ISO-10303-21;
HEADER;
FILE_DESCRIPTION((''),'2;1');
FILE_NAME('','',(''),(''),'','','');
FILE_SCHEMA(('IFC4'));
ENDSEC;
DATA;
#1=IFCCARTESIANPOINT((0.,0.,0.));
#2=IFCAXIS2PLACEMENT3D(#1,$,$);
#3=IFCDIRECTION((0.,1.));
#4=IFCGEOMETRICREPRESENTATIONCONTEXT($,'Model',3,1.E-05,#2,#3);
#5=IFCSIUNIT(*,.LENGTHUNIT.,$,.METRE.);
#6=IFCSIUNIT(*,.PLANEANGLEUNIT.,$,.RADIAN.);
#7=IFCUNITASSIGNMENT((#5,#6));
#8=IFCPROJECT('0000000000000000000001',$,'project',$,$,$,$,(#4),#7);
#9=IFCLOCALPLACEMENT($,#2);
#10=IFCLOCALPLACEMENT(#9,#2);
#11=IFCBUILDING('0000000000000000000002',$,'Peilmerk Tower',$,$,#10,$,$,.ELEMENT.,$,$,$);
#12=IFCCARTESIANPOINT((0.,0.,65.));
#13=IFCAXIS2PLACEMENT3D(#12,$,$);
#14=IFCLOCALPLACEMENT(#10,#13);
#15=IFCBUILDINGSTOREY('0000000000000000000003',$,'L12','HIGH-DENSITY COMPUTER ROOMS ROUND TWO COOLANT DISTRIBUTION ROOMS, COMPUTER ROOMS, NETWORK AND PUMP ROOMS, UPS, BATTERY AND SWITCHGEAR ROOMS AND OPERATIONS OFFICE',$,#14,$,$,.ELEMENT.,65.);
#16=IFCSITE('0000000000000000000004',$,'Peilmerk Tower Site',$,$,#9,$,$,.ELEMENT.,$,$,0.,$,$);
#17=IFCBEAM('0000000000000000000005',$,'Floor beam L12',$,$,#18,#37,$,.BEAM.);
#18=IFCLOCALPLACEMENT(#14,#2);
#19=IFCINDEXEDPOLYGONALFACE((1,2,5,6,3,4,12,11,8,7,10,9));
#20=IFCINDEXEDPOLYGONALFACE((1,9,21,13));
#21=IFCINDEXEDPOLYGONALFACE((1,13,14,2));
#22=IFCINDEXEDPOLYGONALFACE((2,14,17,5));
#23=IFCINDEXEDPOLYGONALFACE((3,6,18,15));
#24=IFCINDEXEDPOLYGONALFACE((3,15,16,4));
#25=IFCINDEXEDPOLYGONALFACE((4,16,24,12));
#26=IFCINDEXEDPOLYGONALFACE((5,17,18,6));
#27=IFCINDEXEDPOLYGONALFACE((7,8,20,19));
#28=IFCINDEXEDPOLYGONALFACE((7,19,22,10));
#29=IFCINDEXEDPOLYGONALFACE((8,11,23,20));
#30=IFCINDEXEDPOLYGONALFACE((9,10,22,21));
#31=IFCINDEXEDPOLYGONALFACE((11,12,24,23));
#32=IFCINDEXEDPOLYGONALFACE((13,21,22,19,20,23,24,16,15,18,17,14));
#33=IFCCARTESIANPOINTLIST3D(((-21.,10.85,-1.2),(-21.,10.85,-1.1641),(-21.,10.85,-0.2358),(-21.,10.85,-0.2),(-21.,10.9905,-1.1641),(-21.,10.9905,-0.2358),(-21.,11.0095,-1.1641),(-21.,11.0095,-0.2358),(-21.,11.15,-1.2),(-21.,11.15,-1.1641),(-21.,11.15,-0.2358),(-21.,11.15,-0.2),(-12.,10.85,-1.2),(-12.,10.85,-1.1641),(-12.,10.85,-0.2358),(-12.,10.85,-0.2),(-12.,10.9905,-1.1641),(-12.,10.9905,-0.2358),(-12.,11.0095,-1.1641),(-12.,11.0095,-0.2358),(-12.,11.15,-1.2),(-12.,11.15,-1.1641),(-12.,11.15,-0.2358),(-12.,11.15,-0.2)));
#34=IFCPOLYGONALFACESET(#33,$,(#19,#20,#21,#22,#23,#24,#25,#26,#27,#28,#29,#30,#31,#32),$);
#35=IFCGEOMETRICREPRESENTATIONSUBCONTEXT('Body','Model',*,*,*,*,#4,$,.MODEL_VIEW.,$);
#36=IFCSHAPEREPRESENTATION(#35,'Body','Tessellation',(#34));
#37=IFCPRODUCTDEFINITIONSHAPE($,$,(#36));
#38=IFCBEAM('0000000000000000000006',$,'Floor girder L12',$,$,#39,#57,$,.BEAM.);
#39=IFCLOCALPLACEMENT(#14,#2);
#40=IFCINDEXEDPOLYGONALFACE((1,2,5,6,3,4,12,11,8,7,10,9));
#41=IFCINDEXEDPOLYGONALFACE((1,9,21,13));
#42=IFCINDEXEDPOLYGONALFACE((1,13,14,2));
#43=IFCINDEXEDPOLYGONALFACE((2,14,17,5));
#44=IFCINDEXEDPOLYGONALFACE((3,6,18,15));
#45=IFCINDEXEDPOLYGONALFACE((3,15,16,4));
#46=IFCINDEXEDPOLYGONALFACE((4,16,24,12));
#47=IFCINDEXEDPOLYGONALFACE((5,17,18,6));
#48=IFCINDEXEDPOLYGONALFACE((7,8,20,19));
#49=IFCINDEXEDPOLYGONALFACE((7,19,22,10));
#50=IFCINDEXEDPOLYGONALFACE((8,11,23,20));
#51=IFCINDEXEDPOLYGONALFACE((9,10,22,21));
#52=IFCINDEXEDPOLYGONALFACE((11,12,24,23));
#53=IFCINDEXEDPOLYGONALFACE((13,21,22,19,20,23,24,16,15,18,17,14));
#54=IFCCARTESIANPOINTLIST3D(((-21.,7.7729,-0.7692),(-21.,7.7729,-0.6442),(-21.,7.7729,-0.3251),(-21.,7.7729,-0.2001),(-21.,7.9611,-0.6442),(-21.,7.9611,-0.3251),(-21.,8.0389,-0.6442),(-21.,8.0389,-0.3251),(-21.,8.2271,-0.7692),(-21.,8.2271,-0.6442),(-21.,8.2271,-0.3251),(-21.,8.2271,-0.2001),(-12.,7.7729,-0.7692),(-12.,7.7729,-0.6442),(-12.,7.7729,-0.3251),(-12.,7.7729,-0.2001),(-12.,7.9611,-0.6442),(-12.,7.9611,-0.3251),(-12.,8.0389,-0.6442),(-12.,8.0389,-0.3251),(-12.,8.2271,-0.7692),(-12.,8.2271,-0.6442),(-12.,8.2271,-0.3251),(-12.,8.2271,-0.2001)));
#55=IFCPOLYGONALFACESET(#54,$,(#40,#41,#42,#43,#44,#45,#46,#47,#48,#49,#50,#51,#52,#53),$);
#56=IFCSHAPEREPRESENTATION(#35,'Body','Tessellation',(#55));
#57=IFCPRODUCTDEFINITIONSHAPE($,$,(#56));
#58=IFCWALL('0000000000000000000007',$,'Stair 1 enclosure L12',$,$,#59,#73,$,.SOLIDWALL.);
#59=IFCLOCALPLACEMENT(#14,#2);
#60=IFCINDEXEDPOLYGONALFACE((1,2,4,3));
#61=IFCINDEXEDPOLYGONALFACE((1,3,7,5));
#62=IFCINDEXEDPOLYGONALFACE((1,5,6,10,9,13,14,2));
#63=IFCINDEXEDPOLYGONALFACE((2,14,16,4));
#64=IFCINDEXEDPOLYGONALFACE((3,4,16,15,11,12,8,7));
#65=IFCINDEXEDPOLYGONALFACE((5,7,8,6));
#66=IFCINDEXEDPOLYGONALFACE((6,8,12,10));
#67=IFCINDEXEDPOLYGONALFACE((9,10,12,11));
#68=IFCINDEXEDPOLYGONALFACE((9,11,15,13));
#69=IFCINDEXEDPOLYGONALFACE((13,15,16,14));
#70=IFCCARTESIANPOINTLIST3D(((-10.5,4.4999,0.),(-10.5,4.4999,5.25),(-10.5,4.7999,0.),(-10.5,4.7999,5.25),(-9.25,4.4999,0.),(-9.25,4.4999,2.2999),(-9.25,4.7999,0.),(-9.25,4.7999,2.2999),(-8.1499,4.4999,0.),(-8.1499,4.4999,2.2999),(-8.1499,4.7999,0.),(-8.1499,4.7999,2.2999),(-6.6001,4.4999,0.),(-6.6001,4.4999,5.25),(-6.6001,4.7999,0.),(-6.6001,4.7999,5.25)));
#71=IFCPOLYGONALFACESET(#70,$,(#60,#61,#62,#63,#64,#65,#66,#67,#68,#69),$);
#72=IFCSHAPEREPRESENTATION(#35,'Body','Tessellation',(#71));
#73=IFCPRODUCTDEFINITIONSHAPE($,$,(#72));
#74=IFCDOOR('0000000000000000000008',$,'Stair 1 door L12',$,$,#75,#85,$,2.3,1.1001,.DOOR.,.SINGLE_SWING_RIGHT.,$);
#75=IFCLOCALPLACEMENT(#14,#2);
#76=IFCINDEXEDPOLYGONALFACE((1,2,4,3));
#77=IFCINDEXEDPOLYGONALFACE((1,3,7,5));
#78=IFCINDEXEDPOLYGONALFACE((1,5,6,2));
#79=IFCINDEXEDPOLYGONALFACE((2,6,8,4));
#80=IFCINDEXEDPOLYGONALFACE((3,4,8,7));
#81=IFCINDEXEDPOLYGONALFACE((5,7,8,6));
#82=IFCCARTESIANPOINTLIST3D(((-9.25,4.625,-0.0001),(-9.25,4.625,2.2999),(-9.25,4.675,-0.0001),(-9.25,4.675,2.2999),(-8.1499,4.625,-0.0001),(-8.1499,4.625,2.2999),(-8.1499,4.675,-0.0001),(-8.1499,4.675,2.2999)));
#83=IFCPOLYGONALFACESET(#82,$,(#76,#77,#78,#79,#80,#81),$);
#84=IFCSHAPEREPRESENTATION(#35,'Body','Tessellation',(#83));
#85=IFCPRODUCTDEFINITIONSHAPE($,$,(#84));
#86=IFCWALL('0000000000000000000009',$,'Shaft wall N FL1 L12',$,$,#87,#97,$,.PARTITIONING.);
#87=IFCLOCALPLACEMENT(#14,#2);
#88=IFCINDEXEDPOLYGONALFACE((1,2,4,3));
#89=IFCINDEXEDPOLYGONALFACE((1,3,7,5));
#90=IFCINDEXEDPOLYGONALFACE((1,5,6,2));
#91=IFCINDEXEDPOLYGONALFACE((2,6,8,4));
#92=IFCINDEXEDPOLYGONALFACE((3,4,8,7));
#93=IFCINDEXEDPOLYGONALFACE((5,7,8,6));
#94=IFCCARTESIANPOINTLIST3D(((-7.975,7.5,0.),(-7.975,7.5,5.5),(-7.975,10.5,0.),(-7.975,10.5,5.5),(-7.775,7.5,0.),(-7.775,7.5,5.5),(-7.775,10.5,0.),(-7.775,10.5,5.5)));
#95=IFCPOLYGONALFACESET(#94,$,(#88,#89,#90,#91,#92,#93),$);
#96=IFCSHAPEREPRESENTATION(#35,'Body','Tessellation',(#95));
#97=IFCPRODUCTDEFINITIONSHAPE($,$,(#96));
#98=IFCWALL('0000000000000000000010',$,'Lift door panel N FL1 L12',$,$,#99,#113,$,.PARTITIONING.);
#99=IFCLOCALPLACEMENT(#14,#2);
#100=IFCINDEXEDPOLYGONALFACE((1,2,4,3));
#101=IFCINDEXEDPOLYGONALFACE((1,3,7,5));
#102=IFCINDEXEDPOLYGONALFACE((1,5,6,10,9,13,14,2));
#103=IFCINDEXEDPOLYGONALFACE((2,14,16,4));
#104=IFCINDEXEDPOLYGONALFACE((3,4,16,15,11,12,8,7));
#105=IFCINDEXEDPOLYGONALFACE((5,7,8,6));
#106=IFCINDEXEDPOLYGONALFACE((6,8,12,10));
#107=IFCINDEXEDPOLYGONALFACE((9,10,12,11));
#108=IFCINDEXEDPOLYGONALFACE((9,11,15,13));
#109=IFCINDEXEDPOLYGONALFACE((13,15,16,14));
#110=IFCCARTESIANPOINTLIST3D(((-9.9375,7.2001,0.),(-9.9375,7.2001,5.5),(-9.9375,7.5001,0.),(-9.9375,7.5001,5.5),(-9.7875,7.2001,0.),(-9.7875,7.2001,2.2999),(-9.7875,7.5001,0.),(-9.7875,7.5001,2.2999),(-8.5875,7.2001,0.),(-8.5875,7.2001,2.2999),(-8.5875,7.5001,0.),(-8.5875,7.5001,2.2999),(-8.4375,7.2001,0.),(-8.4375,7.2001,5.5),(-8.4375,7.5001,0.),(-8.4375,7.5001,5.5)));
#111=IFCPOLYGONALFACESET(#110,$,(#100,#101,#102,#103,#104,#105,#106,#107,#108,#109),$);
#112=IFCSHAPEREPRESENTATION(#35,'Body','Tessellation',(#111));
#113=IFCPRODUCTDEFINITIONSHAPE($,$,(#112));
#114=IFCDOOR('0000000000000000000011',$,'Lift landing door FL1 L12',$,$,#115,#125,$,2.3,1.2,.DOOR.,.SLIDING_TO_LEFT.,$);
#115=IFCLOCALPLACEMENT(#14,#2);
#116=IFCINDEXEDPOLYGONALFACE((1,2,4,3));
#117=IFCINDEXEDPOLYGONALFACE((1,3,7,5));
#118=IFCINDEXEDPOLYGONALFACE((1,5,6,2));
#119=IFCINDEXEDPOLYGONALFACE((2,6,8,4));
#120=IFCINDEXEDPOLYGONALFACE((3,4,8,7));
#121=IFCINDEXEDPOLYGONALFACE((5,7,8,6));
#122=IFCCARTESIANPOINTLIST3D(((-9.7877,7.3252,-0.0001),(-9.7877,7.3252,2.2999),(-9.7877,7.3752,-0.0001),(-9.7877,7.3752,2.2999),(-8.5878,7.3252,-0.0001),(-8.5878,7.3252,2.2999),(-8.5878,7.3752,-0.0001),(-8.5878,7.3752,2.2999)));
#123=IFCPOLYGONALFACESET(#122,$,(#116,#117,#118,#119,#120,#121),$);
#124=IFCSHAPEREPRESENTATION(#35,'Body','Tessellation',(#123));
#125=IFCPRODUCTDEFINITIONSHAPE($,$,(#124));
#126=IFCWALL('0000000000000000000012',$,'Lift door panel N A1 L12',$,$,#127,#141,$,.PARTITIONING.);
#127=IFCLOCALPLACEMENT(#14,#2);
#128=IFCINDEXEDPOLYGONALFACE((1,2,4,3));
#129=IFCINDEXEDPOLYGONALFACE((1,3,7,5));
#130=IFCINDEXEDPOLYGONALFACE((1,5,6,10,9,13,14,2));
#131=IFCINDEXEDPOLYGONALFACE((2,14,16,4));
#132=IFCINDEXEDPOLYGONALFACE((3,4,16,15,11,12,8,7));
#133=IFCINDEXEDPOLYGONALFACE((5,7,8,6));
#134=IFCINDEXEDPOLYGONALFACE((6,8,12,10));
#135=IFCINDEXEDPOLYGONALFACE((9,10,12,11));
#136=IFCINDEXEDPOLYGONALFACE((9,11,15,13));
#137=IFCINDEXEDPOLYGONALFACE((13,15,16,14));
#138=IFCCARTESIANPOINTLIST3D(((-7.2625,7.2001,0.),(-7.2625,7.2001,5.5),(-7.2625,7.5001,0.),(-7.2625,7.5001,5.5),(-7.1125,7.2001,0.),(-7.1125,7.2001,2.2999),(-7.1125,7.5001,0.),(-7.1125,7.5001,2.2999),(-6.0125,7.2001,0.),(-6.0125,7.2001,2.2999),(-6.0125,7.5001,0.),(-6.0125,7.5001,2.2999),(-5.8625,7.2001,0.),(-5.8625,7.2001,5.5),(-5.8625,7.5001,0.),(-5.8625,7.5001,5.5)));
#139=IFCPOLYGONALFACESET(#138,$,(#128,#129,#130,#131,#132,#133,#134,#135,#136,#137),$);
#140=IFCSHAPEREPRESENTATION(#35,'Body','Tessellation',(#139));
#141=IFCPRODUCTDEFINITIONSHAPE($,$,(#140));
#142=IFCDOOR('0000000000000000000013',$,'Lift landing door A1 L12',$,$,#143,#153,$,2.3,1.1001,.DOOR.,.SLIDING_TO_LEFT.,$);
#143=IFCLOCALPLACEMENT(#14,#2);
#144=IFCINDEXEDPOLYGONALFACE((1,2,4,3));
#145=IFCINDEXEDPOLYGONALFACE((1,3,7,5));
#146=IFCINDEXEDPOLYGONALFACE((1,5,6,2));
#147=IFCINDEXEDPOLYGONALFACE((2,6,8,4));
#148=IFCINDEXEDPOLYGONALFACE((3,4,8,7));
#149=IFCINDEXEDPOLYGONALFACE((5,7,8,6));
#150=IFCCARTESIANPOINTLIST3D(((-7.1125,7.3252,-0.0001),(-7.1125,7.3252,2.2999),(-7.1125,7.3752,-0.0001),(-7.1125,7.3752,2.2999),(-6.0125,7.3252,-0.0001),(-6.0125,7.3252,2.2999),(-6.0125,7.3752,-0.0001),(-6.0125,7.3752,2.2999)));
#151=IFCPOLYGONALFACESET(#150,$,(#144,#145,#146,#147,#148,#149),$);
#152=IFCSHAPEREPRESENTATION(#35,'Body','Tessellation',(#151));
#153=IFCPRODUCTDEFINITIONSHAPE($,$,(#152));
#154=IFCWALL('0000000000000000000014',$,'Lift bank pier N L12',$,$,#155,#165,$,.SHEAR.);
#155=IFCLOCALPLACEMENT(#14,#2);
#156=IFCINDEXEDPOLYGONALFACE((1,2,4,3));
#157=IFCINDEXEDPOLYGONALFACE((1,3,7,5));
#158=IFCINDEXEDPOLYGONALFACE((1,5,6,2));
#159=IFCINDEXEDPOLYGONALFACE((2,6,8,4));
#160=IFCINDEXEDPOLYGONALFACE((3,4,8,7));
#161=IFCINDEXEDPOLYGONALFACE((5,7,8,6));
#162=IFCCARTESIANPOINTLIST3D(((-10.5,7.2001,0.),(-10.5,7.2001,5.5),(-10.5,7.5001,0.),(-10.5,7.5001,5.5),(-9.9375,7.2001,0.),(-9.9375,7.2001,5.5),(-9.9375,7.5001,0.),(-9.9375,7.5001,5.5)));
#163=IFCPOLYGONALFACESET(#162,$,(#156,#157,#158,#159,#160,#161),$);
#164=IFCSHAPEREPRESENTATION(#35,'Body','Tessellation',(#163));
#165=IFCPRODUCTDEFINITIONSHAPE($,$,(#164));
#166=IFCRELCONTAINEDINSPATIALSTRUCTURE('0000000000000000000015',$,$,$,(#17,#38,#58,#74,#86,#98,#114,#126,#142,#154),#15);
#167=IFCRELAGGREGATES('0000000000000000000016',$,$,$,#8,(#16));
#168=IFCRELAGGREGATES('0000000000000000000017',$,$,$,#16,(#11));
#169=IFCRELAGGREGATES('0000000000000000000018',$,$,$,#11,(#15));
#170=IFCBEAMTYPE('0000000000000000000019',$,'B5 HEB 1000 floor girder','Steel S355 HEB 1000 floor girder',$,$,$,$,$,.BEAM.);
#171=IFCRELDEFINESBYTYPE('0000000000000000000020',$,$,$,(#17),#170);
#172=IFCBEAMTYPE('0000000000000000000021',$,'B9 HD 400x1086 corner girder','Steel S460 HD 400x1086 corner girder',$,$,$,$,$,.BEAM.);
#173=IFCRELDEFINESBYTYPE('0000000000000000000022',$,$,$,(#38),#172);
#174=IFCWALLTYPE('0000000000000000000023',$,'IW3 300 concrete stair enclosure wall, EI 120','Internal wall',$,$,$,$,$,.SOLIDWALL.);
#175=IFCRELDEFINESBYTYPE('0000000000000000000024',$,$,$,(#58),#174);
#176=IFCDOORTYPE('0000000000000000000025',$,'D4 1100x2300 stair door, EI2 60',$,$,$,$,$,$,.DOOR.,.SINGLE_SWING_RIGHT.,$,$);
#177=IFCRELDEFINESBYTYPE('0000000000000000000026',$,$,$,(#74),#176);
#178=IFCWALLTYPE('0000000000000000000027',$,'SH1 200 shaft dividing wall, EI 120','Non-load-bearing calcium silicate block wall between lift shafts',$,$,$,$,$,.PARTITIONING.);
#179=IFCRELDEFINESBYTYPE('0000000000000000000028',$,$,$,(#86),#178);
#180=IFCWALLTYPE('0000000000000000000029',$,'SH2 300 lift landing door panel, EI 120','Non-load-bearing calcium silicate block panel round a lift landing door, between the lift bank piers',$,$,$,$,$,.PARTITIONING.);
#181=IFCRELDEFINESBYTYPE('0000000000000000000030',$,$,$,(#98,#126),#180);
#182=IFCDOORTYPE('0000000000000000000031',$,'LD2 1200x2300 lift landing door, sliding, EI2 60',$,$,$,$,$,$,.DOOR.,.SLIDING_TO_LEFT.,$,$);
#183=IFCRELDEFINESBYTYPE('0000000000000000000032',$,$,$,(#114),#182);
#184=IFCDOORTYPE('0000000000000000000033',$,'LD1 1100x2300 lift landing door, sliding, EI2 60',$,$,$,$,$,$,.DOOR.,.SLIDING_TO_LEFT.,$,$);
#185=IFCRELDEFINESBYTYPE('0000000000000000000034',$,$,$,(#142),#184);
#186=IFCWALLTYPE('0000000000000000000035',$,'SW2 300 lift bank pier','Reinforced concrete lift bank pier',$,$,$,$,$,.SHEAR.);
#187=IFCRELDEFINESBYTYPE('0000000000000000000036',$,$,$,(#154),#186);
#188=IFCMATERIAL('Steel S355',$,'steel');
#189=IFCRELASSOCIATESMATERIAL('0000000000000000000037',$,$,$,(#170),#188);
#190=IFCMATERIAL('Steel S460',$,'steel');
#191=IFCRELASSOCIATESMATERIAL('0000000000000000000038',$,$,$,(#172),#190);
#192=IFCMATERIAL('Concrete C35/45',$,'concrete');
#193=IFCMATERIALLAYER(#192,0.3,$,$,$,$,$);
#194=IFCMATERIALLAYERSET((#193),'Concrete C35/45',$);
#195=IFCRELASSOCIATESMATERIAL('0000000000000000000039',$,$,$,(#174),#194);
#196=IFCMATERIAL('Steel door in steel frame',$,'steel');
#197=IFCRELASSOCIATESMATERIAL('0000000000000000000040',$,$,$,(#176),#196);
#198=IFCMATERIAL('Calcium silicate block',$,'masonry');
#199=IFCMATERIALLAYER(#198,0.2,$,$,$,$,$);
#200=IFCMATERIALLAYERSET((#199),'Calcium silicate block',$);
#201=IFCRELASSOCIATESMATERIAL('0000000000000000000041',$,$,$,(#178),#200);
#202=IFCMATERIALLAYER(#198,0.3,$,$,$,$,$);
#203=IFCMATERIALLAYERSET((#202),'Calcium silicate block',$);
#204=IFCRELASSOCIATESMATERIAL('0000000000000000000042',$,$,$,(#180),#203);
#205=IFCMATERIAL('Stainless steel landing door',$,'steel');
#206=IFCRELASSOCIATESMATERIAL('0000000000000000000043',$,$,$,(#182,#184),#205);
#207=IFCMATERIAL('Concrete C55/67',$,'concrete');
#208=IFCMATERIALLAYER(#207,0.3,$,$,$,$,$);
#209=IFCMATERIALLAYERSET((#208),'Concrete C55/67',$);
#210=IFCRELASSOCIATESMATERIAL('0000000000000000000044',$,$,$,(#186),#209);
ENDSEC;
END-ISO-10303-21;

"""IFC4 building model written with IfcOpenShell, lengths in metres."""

from ifc_helpers import new_model, si_unit, direction, frame, frame_2d, origin, origin_2d, place, context, subcontext, project, spatial, rectangle, i_section, extrude, material, layer, layer_set, material_profile, profile_set, type_object, element, fill, save


model = new_model("IFC4")

# Units and contexts
model_context = context("Model", 3, precision=1e-05, world=origin(), true_north=direction((0.0, 1.0)))
body_context = subcontext(model_context, "Body", "Model", "MODEL_VIEW")
ifc_project = project(units=[si_unit("LENGTHUNIT", "METRE"), si_unit("PLANEANGLEUNIT", "RADIAN")], contexts=[model_context])

# Site, building, storey
site_placement = place(None, origin())
site = spatial("IfcSite", under=ifc_project, at=site_placement, Name="Peilmerk Tower Site", CompositionType="ELEMENT", RefElevation=0.0)
building_placement = place(site_placement, origin())
building = spatial("IfcBuilding", under=site, at=building_placement, Name="Peilmerk Tower", CompositionType="ELEMENT")
storey_placement = place(building_placement, frame((0.0, 0.0, 65.0)))
storey = spatial("IfcBuildingStorey", under=building, at=storey_placement, Name="L12", Description="HIGH-DENSITY COMPUTER ROOMS ROUND TWO COOLANT DISTRIBUTION ROOMS, COMPUTER ROOMS, NETWORK AND PUMP ROOMS, UPS, BATTERY AND SWITCHGEAR ROOMS AND OPERATIONS OFFICE", CompositionType="ELEMENT", Elevation=65.0)

# Beams
ifc_material_1 = material(Name="Steel S355", Category="steel")
ifc_material_profile_1 = material_profile(ifc_material_1, i_section(OverallWidth=0.3, OverallDepth=1.0, WebThickness=0.019, FlangeThickness=0.0359, at=origin_2d()), Name="HEB 1000")
ifc_profile_set_1 = profile_set([ifc_material_profile_1], Name="Steel S355")
beam_type_1 = type_object("IfcBeamType", Name="B5 HEB 1000 floor girder", Description="Steel S355 HEB 1000 floor girder", PredefinedType="BEAM", material=ifc_profile_set_1)
beam_1_placement = place(storey_placement, frame((-12.0, 11.0, -0.7), z_axis=(-1.0, 0.0, 0.0), x_axis=(0.0, -1.0, 0.0)))
element("IfcBeam", 1, at=beam_1_placement, inside=storey, type_object=beam_type_1, Name="Floor beam L12", PredefinedType="BEAM", context=body_context, shape_type="SweptSolid", body=[
    extrude(i_section(OverallWidth=0.3, OverallDepth=1.0, WebThickness=0.019, FlangeThickness=0.0359, at=origin_2d()), origin(), (0.0, 0.0, 1.0), 9.0),
])
ifc_material_2 = material(Name="Steel S460", Category="steel")
ifc_material_profile_2 = material_profile(ifc_material_2, i_section(OverallWidth=0.4541, OverallDepth=0.5691, WebThickness=0.0779, FlangeThickness=0.125, at=origin_2d()), Name="HD 400x1086")
ifc_profile_set_2 = profile_set([ifc_material_profile_2], Name="Steel S460")
beam_type_2 = type_object("IfcBeamType", Name="B9 HD 400x1086 corner girder", Description="Steel S460 HD 400x1086 corner girder", PredefinedType="BEAM", material=ifc_profile_set_2)
beam_2_placement = place(storey_placement, frame((-12.0, 8.0, -0.4846), z_axis=(-1.0, 0.0, 0.0), x_axis=(0.0, -1.0, 0.0)))
element("IfcBeam", 2, at=beam_2_placement, inside=storey, type_object=beam_type_2, Name="Floor girder L12", PredefinedType="BEAM", context=body_context, shape_type="SweptSolid", body=[
    extrude(i_section(OverallWidth=0.4541, OverallDepth=0.5691, WebThickness=0.0779, FlangeThickness=0.125, at=origin_2d()), origin(), (0.0, 0.0, 1.0), 9.0),
])

# Wall, opening, door
ifc_material_3 = material(Name="Concrete C35/45", Category="concrete")
ifc_layer_1 = layer(ifc_material_3, 0.3)
ifc_layer_set_1 = layer_set([ifc_layer_1], Name="Concrete C35/45")
wall_type_1 = type_object("IfcWallType", Name="IW3 300 concrete stair enclosure wall, EI 120", Description="Internal wall", PredefinedType="SOLIDWALL", material=ifc_layer_set_1)
wall_1_placement = place(storey_placement, frame((-10.5, 4.6499, 0.0), z_axis=(0.0, 0.0, 1.0), x_axis=(1.0, 0.0, 0.0)))
wall_1 = element("IfcWall", 3, at=wall_1_placement, inside=storey, type_object=wall_type_1, Name="Stair 1 enclosure L12", PredefinedType="SOLIDWALL", context=body_context, shape_type="SweptSolid", body=[
    extrude(rectangle(XDim=3.8999, YDim=0.3, at=frame_2d((1.95, 0.0))), origin(), (0.0, 0.0, 1.0), 5.25),
])
opening_1_placement = place(wall_1_placement, frame((1.25, 0.0, 0.0)))
opening_1 = element("IfcOpeningElement", 4, at=opening_1_placement, cuts=wall_1, PredefinedType="OPENING", context=body_context, shape_type="SweptSolid", body=[
    extrude(rectangle(XDim=1.1001, YDim=2.3, at=frame_2d((0.55, 1.1499))), frame((0.0, 0.1599, 0.0), z_axis=(0.0, -1.0, 0.0), x_axis=(1.0, 0.0, 0.0)), (0.0, 0.0, 1.0), 0.3201),
])
ifc_material_4 = material(Name="Steel door in steel frame", Category="steel")
door_type_1 = type_object("IfcDoorType", Name="D4 1100x2300 stair door, EI2 60", OperationType="SINGLE_SWING_RIGHT", PredefinedType="DOOR", material=ifc_material_4)
door_1_placement = place(opening_1_placement, frame((1.1001, 0.0, 0.0), z_axis=(0.0, 0.0, 1.0), x_axis=(-1.0, 0.0, 0.0)))
door_1 = element("IfcDoor", 5, at=door_1_placement, inside=storey, type_object=door_type_1, Name="Stair 1 door L12", OperationType="SINGLE_SWING_RIGHT", OverallHeight=2.3, OverallWidth=1.1001, PredefinedType="DOOR", context=body_context, shape_type="SweptSolid", body=[
    extrude(rectangle(XDim=1.1001, YDim=2.3, at=frame_2d((0.55, 1.1499))), frame((0.0, 0.0249, 0.0), z_axis=(0.0, -1.0, 0.0), x_axis=(1.0, 0.0, 0.0)), (0.0, 0.0, 1.0), 0.05),
])
fill(opening_1, door_1)

# Wall
ifc_material_5 = material(Name="Calcium silicate block", Category="masonry")
ifc_layer_2 = layer(ifc_material_5, 0.2)
ifc_layer_set_2 = layer_set([ifc_layer_2], Name="Calcium silicate block")
wall_type_2 = type_object("IfcWallType", Name="SH1 200 shaft dividing wall, EI 120", Description="Non-load-bearing calcium silicate block wall between lift shafts", PredefinedType="PARTITIONING", material=ifc_layer_set_2)
wall_2_placement = place(storey_placement, frame((-7.875, 7.5, 0.0), z_axis=(0.0, 0.0, 1.0), x_axis=(0.0, 1.0, 0.0)))
element("IfcWall", 6, at=wall_2_placement, inside=storey, type_object=wall_type_2, Name="Shaft wall N FL1 L12", PredefinedType="PARTITIONING", context=body_context, shape_type="SweptSolid", body=[
    extrude(rectangle(XDim=3.0, YDim=0.2, at=frame_2d((1.5, 0.0))), origin(), (0.0, 0.0, 1.0), 5.5),
])

# Walls, openings, doors
ifc_layer_3 = layer(ifc_material_5, 0.3)
ifc_layer_set_3 = layer_set([ifc_layer_3], Name="Calcium silicate block")
wall_type_3 = type_object("IfcWallType", Name="SH2 300 lift landing door panel, EI 120", Description="Non-load-bearing calcium silicate block panel round a lift landing door, between the lift bank piers", PredefinedType="PARTITIONING", material=ifc_layer_set_3)
wall_3_placement = place(storey_placement, frame((-9.9375, 7.3501, 0.0), z_axis=(0.0, 0.0, 1.0), x_axis=(1.0, 0.0, 0.0)))
wall_3 = element("IfcWall", 7, at=wall_3_placement, inside=storey, type_object=wall_type_3, Name="Lift door panel N FL1 L12", PredefinedType="PARTITIONING", context=body_context, shape_type="SweptSolid", body=[
    extrude(rectangle(XDim=1.5, YDim=0.3, at=frame_2d((0.75, 0.0))), origin(), (0.0, 0.0, 1.0), 5.5),
])
opening_2_placement = place(wall_3_placement, frame((0.1499, 0.0, 0.0)))
opening_2 = element("IfcOpeningElement", 8, at=opening_2_placement, cuts=wall_3, PredefinedType="OPENING", context=body_context, shape_type="SweptSolid", body=[
    extrude(rectangle(XDim=1.2, YDim=2.3, at=frame_2d((0.6001, 1.1499))), frame((0.0, 0.1599, 0.0), z_axis=(0.0, -1.0, 0.0), x_axis=(1.0, 0.0, 0.0)), (0.0, 0.0, 1.0), 0.3201),
])
ifc_material_6 = material(Name="Stainless steel landing door", Category="steel")
door_type_2 = type_object("IfcDoorType", Name="LD2 1200x2300 lift landing door, sliding, EI2 60", OperationType="SLIDING_TO_LEFT", PredefinedType="DOOR", material=ifc_material_6)
door_2_placement = place(opening_2_placement, frame((1.2, 0.0, 0.0), z_axis=(0.0, 0.0, 1.0), x_axis=(-1.0, 0.0, 0.0)))
door_2 = element("IfcDoor", 9, at=door_2_placement, inside=storey, type_object=door_type_2, Name="Lift landing door FL1 L12", OperationType="SLIDING_TO_LEFT", OverallHeight=2.3, OverallWidth=1.2, PredefinedType="DOOR", context=body_context, shape_type="SweptSolid", body=[
    extrude(rectangle(XDim=1.2, YDim=2.3, at=frame_2d((0.6001, 1.1499))), frame((0.0, 0.0249, 0.0), z_axis=(0.0, -1.0, 0.0), x_axis=(1.0, 0.0, 0.0)), (0.0, 0.0, 1.0), 0.05),
])
fill(opening_2, door_2)
wall_4_placement = place(storey_placement, frame((-7.2625, 7.3501, 0.0), z_axis=(0.0, 0.0, 1.0), x_axis=(1.0, 0.0, 0.0)))
wall_4 = element("IfcWall", 10, at=wall_4_placement, inside=storey, type_object=wall_type_3, Name="Lift door panel N A1 L12", PredefinedType="PARTITIONING", context=body_context, shape_type="SweptSolid", body=[
    extrude(rectangle(XDim=1.3999, YDim=0.3, at=frame_2d((0.7, 0.0))), origin(), (0.0, 0.0, 1.0), 5.5),
])
opening_3_placement = place(wall_4_placement, frame((0.1499, 0.0, 0.0)))
opening_3 = element("IfcOpeningElement", 11, at=opening_3_placement, cuts=wall_4, PredefinedType="OPENING", context=body_context, shape_type="SweptSolid", body=[
    extrude(rectangle(XDim=1.1001, YDim=2.3, at=frame_2d((0.55, 1.1499))), frame((0.0, 0.1599, 0.0), z_axis=(0.0, -1.0, 0.0), x_axis=(1.0, 0.0, 0.0)), (0.0, 0.0, 1.0), 0.3201),
])
door_type_3 = type_object("IfcDoorType", Name="LD1 1100x2300 lift landing door, sliding, EI2 60", OperationType="SLIDING_TO_LEFT", PredefinedType="DOOR", material=ifc_material_6)
door_3_placement = place(opening_3_placement, frame((1.1001, 0.0, 0.0), z_axis=(0.0, 0.0, 1.0), x_axis=(-1.0, 0.0, 0.0)))
door_3 = element("IfcDoor", 12, at=door_3_placement, inside=storey, type_object=door_type_3, Name="Lift landing door A1 L12", OperationType="SLIDING_TO_LEFT", OverallHeight=2.3, OverallWidth=1.1001, PredefinedType="DOOR", context=body_context, shape_type="SweptSolid", body=[
    extrude(rectangle(XDim=1.1001, YDim=2.3, at=frame_2d((0.55, 1.1499))), frame((0.0, 0.0249, 0.0), z_axis=(0.0, -1.0, 0.0), x_axis=(1.0, 0.0, 0.0)), (0.0, 0.0, 1.0), 0.05),
])
fill(opening_3, door_3)

# Wall
ifc_material_7 = material(Name="Concrete C55/67", Category="concrete")
ifc_layer_4 = layer(ifc_material_7, 0.3)
ifc_layer_set_4 = layer_set([ifc_layer_4], Name="Concrete C55/67")
wall_type_4 = type_object("IfcWallType", Name="SW2 300 lift bank pier", Description="Reinforced concrete lift bank pier", PredefinedType="SHEAR", material=ifc_layer_set_4)
wall_5_placement = place(storey_placement, frame((-10.5, 7.3501, 0.0), z_axis=(0.0, 0.0, 1.0), x_axis=(1.0, 0.0, 0.0)))
element("IfcWall", 13, at=wall_5_placement, inside=storey, type_object=wall_type_4, Name="Lift bank pier N L12", PredefinedType="SHEAR", context=body_context, shape_type="SweptSolid", body=[
    extrude(rectangle(XDim=0.5625, YDim=0.3, at=frame_2d((0.2812, 0.0))), origin(), (0.0, 0.0, 1.0), 5.5),
])

save(model, "model.ifc")
